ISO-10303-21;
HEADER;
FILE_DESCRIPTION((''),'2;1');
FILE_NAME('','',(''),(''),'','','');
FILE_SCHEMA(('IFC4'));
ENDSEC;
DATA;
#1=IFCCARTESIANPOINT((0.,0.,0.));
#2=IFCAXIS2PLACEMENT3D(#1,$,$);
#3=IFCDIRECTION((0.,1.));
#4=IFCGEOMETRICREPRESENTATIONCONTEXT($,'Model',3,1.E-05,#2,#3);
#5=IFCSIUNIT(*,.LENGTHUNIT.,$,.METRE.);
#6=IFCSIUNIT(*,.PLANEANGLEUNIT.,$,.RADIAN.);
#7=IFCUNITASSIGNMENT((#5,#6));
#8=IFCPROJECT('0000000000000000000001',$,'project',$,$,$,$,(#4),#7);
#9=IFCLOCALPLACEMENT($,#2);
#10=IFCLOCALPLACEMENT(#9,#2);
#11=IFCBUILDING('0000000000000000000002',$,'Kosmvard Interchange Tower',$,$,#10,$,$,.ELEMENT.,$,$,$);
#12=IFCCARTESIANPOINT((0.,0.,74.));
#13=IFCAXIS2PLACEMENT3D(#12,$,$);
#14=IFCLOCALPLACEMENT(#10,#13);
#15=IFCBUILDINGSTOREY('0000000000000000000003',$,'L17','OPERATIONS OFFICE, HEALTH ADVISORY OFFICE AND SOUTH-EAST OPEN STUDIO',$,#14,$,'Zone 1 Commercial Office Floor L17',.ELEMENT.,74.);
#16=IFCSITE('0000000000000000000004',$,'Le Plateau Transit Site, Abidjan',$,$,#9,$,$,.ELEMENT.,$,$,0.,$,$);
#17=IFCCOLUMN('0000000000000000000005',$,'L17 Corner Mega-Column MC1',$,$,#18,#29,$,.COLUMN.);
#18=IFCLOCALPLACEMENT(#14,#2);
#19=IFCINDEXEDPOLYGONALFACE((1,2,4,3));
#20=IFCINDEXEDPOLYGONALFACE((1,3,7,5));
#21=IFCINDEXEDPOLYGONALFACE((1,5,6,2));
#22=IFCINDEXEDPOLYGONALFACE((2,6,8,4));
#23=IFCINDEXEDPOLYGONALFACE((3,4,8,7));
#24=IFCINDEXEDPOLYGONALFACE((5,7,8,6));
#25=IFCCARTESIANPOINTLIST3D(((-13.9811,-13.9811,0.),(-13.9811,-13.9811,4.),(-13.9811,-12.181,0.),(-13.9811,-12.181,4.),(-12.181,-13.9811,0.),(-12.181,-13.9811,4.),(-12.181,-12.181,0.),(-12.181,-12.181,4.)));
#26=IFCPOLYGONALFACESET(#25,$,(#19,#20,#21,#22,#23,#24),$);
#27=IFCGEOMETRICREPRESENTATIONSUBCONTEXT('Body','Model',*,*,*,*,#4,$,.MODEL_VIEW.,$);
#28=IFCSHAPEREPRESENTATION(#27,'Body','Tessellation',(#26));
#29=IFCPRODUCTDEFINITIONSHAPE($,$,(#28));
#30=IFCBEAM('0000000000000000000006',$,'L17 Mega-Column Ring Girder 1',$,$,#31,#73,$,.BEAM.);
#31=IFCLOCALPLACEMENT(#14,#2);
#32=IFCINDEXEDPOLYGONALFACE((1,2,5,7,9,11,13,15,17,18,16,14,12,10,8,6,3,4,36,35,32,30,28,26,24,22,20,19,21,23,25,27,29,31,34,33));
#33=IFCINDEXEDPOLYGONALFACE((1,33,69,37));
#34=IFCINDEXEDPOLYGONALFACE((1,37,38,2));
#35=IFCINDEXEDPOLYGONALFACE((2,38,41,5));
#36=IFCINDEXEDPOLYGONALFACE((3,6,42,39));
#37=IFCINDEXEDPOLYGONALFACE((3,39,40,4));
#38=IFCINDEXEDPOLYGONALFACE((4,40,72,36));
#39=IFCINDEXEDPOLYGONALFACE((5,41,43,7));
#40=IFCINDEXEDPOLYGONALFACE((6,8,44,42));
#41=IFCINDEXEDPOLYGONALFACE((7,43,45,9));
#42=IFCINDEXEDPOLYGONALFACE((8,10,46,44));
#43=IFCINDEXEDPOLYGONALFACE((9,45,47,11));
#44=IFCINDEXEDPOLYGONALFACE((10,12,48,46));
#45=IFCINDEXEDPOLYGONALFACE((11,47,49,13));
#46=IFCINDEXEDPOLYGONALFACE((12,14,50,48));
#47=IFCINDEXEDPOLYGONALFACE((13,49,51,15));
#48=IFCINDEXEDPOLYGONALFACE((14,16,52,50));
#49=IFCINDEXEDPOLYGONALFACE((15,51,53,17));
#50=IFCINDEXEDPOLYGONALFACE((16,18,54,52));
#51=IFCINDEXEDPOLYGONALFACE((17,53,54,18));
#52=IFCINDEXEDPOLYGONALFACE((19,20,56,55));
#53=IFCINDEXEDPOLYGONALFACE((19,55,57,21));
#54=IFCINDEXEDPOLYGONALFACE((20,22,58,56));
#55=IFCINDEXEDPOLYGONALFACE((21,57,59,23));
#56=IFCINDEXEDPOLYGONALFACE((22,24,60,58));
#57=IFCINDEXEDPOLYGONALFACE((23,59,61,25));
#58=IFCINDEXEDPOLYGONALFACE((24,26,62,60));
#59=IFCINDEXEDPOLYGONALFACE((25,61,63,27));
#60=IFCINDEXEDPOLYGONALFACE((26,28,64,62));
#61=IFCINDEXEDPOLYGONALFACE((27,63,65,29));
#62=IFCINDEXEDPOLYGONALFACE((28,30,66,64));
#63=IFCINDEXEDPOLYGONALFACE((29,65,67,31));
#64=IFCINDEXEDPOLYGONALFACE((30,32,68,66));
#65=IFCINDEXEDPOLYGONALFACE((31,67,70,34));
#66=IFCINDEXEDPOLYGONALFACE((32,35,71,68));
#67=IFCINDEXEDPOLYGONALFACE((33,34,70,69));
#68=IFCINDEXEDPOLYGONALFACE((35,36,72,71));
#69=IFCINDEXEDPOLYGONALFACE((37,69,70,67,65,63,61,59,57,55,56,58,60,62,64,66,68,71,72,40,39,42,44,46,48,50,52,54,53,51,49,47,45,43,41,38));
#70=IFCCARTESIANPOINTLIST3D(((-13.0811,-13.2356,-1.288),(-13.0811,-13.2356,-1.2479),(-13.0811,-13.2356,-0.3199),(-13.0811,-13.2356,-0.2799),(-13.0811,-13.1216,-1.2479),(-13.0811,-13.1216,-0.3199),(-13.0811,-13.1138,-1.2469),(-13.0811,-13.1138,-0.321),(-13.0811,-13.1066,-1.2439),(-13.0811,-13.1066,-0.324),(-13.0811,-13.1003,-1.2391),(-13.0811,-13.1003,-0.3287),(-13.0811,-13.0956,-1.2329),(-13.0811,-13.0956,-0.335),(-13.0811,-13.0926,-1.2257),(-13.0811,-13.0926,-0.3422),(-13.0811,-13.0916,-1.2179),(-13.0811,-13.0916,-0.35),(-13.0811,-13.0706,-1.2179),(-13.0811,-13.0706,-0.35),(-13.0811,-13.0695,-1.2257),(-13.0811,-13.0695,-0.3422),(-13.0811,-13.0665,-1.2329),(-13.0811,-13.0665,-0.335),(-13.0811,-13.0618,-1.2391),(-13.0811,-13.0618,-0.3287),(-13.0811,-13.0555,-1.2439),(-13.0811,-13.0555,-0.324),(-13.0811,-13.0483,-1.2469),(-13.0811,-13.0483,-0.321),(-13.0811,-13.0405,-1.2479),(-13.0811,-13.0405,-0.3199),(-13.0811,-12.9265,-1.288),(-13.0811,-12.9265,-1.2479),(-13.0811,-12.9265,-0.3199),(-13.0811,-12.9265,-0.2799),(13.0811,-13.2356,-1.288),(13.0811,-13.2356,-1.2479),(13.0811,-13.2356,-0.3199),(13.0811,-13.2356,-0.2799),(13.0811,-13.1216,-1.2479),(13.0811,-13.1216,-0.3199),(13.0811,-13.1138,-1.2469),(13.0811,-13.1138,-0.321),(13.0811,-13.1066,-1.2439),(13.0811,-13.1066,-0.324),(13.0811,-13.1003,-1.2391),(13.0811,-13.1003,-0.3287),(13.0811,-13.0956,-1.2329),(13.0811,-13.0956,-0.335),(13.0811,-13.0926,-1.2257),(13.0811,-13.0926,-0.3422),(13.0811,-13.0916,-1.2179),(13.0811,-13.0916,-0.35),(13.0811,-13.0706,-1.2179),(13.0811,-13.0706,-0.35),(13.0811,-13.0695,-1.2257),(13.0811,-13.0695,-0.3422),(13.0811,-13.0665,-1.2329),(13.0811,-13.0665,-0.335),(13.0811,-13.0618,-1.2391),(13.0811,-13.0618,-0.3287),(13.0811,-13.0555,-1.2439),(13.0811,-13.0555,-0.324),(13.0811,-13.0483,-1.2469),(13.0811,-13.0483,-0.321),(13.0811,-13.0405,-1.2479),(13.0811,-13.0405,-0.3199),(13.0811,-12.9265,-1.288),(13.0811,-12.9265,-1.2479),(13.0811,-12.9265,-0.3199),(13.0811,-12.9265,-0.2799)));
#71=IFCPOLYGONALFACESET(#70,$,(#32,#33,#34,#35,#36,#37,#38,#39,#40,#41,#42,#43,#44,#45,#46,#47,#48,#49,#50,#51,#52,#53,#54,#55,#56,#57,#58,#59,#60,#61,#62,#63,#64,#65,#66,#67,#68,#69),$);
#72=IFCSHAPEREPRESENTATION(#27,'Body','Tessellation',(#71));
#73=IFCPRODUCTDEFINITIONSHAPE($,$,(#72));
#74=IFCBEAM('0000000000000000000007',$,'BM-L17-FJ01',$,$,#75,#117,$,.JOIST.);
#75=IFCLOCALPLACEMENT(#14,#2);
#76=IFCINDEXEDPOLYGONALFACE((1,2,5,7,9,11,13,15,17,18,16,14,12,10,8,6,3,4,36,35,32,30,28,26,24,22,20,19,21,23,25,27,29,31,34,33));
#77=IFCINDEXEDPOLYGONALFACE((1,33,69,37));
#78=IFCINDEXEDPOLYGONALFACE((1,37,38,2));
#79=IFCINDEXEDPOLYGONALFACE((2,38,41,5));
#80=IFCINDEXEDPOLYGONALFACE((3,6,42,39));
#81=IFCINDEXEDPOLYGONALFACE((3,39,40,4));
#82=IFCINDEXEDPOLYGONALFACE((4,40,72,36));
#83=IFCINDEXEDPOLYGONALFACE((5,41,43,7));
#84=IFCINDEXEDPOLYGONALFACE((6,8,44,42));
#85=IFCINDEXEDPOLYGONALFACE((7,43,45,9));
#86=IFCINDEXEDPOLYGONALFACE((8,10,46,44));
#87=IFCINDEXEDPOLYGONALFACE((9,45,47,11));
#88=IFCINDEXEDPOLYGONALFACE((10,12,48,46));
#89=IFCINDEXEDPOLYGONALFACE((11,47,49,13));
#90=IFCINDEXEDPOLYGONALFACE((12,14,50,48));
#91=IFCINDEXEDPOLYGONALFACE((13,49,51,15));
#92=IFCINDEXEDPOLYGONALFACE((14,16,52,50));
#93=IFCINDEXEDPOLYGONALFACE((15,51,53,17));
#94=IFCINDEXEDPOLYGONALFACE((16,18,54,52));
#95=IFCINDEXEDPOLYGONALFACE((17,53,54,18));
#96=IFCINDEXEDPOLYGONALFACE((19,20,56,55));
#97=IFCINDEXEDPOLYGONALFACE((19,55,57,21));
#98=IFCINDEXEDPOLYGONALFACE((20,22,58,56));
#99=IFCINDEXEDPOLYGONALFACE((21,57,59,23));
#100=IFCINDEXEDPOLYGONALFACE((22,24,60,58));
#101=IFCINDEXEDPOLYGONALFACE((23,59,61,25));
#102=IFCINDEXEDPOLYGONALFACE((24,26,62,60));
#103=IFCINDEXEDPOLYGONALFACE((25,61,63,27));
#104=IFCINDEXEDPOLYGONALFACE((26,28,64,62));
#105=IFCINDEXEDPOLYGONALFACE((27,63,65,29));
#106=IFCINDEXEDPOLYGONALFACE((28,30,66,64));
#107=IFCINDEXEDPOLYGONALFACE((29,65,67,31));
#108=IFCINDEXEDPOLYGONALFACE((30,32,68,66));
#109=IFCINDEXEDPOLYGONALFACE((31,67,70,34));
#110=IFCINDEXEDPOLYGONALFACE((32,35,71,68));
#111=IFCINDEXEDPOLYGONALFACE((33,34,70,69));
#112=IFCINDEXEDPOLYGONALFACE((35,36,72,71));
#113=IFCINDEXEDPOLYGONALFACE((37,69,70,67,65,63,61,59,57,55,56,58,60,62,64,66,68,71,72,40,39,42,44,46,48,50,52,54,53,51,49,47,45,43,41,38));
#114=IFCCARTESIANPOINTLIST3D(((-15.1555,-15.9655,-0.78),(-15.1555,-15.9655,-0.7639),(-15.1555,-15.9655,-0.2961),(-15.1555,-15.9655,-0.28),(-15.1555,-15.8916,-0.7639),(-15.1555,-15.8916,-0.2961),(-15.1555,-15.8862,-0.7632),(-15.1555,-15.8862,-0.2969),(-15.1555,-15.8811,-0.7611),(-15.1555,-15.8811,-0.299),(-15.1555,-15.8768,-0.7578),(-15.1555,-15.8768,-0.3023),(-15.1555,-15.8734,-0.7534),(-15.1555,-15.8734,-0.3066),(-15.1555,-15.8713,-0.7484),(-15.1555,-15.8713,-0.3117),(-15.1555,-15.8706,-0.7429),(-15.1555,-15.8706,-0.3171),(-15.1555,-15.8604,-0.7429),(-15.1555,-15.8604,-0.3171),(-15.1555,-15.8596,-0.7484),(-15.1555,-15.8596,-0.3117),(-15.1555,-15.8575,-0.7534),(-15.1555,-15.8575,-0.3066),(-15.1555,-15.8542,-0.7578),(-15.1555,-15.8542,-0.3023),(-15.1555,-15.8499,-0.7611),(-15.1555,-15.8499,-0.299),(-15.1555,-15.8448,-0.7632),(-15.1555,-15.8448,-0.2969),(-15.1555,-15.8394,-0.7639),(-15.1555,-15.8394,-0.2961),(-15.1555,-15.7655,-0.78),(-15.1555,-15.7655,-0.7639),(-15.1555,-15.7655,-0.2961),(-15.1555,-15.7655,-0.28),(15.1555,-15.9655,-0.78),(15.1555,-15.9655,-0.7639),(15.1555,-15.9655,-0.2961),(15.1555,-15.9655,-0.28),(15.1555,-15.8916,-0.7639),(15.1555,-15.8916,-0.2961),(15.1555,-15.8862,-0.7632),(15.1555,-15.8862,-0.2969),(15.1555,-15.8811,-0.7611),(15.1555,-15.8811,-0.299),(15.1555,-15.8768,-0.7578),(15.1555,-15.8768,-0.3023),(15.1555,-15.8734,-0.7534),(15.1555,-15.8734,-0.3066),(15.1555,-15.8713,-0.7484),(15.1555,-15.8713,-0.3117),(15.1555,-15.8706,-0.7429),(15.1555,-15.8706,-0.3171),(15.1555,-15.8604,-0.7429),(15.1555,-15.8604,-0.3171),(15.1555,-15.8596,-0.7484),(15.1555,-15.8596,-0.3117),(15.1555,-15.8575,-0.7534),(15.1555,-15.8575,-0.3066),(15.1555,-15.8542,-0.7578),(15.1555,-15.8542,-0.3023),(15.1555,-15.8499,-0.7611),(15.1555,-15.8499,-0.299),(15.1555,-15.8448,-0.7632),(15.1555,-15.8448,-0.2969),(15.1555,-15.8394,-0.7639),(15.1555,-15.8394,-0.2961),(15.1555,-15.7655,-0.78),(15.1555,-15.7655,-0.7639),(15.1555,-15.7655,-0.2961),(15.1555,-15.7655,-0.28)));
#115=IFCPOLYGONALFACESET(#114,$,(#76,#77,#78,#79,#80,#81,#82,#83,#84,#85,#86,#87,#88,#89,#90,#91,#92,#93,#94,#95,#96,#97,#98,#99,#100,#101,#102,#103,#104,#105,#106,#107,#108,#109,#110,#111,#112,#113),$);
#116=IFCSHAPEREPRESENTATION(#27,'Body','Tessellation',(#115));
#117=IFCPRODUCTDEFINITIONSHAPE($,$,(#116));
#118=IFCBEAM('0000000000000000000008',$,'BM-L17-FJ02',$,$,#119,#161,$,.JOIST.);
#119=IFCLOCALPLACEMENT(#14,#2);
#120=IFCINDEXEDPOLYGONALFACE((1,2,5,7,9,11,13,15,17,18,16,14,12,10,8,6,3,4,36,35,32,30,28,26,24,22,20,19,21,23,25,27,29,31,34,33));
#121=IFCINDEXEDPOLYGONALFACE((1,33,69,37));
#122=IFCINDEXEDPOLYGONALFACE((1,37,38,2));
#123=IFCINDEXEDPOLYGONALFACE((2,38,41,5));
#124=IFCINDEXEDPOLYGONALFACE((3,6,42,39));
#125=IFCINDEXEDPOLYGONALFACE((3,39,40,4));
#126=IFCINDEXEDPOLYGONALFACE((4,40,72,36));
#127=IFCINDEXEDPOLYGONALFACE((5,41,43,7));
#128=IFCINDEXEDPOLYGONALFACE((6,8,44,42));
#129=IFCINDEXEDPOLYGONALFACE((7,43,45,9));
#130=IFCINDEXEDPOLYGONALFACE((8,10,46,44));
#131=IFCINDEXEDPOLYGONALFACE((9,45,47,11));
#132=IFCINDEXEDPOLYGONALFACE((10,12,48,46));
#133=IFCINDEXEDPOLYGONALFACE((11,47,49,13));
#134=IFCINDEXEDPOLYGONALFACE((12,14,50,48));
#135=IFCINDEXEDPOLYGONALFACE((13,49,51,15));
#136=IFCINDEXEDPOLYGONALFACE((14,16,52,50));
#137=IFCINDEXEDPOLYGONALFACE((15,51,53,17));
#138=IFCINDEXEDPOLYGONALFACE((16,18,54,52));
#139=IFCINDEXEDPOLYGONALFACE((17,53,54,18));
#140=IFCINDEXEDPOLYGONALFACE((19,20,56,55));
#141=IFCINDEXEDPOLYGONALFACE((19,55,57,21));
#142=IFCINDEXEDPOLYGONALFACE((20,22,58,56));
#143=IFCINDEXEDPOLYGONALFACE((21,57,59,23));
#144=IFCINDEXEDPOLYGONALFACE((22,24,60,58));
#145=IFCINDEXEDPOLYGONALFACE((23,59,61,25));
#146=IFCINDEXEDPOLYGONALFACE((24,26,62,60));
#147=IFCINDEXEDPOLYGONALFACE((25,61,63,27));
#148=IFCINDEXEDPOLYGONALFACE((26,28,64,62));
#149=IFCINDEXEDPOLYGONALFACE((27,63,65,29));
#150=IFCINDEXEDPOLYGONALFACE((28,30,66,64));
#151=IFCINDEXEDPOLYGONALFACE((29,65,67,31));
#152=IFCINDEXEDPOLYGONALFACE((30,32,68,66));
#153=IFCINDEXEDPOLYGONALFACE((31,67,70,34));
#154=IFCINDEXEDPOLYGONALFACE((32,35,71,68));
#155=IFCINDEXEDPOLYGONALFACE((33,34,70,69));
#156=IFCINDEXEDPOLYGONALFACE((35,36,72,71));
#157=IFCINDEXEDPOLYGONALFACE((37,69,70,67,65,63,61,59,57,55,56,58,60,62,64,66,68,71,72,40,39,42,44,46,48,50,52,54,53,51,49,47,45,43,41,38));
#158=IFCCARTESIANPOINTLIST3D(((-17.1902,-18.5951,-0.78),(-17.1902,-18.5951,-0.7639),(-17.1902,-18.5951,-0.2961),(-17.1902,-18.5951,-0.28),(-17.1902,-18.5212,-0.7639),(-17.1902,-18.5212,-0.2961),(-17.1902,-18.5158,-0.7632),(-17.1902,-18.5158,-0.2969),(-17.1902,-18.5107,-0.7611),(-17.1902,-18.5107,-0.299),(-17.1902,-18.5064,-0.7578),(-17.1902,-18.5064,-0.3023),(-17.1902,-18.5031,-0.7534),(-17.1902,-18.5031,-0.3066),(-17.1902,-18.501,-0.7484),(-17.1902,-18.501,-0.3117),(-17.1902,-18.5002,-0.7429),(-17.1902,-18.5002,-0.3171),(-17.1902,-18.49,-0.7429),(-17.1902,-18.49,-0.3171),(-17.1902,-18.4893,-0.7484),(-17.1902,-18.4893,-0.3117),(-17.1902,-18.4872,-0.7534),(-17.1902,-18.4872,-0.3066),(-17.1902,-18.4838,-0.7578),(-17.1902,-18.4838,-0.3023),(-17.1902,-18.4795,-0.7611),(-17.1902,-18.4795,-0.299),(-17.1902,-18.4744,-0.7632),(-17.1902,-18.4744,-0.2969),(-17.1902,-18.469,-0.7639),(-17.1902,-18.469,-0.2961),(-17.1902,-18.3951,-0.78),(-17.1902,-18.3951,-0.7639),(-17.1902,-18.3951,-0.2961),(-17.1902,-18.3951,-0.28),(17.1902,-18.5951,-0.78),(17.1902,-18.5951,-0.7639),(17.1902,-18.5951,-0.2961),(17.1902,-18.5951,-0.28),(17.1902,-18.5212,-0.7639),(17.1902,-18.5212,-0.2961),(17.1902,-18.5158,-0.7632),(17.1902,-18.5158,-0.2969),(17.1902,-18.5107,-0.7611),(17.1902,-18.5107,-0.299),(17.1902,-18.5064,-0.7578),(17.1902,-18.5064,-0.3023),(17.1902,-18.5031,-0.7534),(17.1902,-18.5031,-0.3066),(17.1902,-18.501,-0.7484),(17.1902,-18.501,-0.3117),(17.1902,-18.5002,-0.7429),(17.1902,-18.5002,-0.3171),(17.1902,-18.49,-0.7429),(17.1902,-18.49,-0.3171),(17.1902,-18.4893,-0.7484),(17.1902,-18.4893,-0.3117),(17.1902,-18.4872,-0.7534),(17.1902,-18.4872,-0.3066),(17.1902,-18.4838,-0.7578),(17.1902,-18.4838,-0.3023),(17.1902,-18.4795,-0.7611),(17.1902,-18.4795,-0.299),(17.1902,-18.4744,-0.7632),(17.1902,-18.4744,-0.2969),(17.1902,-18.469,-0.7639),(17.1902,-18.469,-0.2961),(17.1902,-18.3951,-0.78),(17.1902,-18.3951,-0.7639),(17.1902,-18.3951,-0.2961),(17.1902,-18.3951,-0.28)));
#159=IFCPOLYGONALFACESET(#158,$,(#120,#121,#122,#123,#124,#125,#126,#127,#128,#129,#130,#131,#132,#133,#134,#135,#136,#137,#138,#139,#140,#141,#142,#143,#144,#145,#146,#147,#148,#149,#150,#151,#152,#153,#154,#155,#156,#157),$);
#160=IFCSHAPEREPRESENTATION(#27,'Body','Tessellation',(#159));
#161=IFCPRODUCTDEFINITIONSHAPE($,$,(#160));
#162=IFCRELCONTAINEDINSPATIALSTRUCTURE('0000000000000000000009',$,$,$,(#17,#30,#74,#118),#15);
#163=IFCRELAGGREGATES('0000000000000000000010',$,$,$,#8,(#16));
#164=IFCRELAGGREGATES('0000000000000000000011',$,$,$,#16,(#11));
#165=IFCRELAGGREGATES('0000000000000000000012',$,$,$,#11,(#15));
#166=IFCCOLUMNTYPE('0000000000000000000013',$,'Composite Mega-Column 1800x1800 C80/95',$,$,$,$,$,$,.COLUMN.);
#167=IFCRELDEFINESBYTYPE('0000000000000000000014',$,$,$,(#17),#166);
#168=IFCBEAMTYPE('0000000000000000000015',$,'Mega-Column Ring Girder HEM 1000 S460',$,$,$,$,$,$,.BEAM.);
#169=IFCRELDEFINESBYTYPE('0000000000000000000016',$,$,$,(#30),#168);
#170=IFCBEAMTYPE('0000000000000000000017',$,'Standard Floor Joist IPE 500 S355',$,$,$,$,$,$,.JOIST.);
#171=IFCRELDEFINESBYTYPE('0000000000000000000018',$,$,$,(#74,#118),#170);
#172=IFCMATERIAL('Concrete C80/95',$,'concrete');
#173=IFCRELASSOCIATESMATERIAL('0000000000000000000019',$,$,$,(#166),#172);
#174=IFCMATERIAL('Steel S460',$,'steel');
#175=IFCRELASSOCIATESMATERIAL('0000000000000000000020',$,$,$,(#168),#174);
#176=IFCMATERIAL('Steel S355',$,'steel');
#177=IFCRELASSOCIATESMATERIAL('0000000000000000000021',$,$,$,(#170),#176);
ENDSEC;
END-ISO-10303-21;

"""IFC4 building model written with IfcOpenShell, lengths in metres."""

from ifc_helpers import new_model, si_unit, direction, frame, origin, origin_2d, place, context, subcontext, project, spatial, rectangle, i_section, extrude, source, transform, mapped, material, material_profile, profile_set, type_object, element, save


model = new_model("IFC4")

# Units and contexts
model_context = context("Model", 3, precision=1e-05, world=origin(), true_north=direction((0.0, 1.0)))
body_context = subcontext(model_context, "Body", "Model", "MODEL_VIEW")
ifc_project = project(units=[si_unit("LENGTHUNIT", "METRE"), si_unit("PLANEANGLEUNIT", "RADIAN")], contexts=[model_context])

# Site, building, storey
site_placement = place(None, origin())
site = spatial("IfcSite", under=ifc_project, at=site_placement, Name="Le Plateau Transit Site, Abidjan", CompositionType="ELEMENT", RefElevation=0.0)
building_placement = place(site_placement, origin())
building = spatial("IfcBuilding", under=site, at=building_placement, Name="Kosmvard Interchange Tower", CompositionType="ELEMENT")
storey_placement = place(building_placement, frame((0.0, 0.0, 74.0)))
storey = spatial("IfcBuildingStorey", under=building, at=storey_placement, Name="L17", Description="OPERATIONS OFFICE, HEALTH ADVISORY OFFICE AND SOUTH-EAST OPEN STUDIO", LongName="Zone 1 Commercial Office Floor L17", CompositionType="ELEMENT", Elevation=74.0)

# Column
ifc_material_1 = material(Name="Concrete C80/95", Category="concrete")
ifc_material_profile_1 = material_profile(ifc_material_1, rectangle(XDim=1.8, YDim=1.8, at=origin_2d()), Name="MC 1800x1800")
ifc_profile_set_1 = profile_set([ifc_material_profile_1], Name="Concrete C80/95")
column_type = type_object("IfcColumnType", Name="Composite Mega-Column 1800x1800 C80/95", PredefinedType="COLUMN", material=ifc_profile_set_1)
shared_shape_1 = source(origin(), body_context, "Body", "SweptSolid", [
    extrude(rectangle(XDim=1.8, YDim=1.8, at=origin_2d()), origin(), (0.0, 0.0, 1.0), 4.0),
])
column_placement = place(storey_placement, frame((-13.0811, -13.0811, 0.0), z_axis=(0.0, 0.0, 1.0), x_axis=(1.0, 0.0, 0.0)))
element("IfcColumn", 1, at=column_placement, inside=storey, type_object=column_type, Name="L17 Corner Mega-Column MC1", PredefinedType="COLUMN", context=body_context, shape_type="MappedRepresentation", body=[
    mapped(shared_shape_1, transform((0.0, 0.0, 0.0), scale=1.0)),
])

# Beams
ifc_material_2 = material(Name="Steel S460", Category="steel")
ifc_material_profile_2 = material_profile(ifc_material_2, i_section(OverallWidth=0.3091, OverallDepth=1.0081, WebThickness=0.021, FlangeThickness=0.04, FilletRadius=0.03, at=origin_2d()), Name="HEM 1000")
ifc_profile_set_2 = profile_set([ifc_material_profile_2], Name="Steel S460")
beam_type_1 = type_object("IfcBeamType", Name="Mega-Column Ring Girder HEM 1000 S460", PredefinedType="BEAM", material=ifc_profile_set_2)
shared_shape_2 = source(origin(), body_context, "Body", "SweptSolid", [
    extrude(i_section(OverallWidth=0.3091, OverallDepth=1.0081, WebThickness=0.021, FlangeThickness=0.04, FilletRadius=0.03, at=origin_2d()), origin(), (0.0, 0.0, 1.0), 26.1621),
])
beam_1_placement = place(storey_placement, frame((-13.0811, -13.0811, -0.7839), z_axis=(1.0, 0.0, 0.0), x_axis=(0.0, 1.0, 0.0)))
element("IfcBeam", 2, at=beam_1_placement, inside=storey, type_object=beam_type_1, Name="L17 Mega-Column Ring Girder 1", PredefinedType="BEAM", context=body_context, shape_type="MappedRepresentation", body=[
    mapped(shared_shape_2, transform((0.0, 0.0, 0.0), scale=1.0)),
])
ifc_material_3 = material(Name="Steel S355", Category="steel")
ifc_material_profile_3 = material_profile(ifc_material_3, i_section(OverallWidth=0.2, OverallDepth=0.5, WebThickness=0.0103, FlangeThickness=0.0161, FilletRadius=0.021, at=origin_2d()), Name="IPE 500")
ifc_profile_set_3 = profile_set([ifc_material_profile_3], Name="Steel S355")
beam_type_2 = type_object("IfcBeamType", Name="Standard Floor Joist IPE 500 S355", PredefinedType="JOIST", material=ifc_profile_set_3)
shared_shape_3 = source(origin(), body_context, "Body", "SweptSolid", [
    extrude(i_section(OverallWidth=0.2, OverallDepth=0.5, WebThickness=0.0103, FlangeThickness=0.0161, FilletRadius=0.021, at=origin_2d()), origin(), (0.0, 0.0, 1.0), 30.311),
])
beam_2_placement = place(storey_placement, frame((-15.1555, -15.8655, -0.53), z_axis=(1.0, 0.0, 0.0), x_axis=(0.0, 1.0, 0.0)))
element("IfcBeam", 3, at=beam_2_placement, inside=storey, type_object=beam_type_2, Name="BM-L17-FJ01", PredefinedType="JOIST", context=body_context, shape_type="MappedRepresentation", body=[
    mapped(shared_shape_3, transform((0.0, 0.0, 0.0), scale=1.0)),
])
shared_shape_4 = source(origin(), body_context, "Body", "SweptSolid", [
    extrude(i_section(OverallWidth=0.2, OverallDepth=0.5, WebThickness=0.0103, FlangeThickness=0.0161, FilletRadius=0.021, at=origin_2d()), origin(), (0.0, 0.0, 1.0), 34.3804),
])
beam_3_placement = place(storey_placement, frame((-17.1902, -18.4951, -0.53), z_axis=(1.0, 0.0, 0.0), x_axis=(0.0, 1.0, 0.0)))
element("IfcBeam", 4, at=beam_3_placement, inside=storey, type_object=beam_type_2, Name="BM-L17-FJ02", PredefinedType="JOIST", context=body_context, shape_type="MappedRepresentation", body=[
    mapped(shared_shape_4, transform((0.0, 0.0, 0.0), scale=1.0)),
])

save(model, "model.ifc")
